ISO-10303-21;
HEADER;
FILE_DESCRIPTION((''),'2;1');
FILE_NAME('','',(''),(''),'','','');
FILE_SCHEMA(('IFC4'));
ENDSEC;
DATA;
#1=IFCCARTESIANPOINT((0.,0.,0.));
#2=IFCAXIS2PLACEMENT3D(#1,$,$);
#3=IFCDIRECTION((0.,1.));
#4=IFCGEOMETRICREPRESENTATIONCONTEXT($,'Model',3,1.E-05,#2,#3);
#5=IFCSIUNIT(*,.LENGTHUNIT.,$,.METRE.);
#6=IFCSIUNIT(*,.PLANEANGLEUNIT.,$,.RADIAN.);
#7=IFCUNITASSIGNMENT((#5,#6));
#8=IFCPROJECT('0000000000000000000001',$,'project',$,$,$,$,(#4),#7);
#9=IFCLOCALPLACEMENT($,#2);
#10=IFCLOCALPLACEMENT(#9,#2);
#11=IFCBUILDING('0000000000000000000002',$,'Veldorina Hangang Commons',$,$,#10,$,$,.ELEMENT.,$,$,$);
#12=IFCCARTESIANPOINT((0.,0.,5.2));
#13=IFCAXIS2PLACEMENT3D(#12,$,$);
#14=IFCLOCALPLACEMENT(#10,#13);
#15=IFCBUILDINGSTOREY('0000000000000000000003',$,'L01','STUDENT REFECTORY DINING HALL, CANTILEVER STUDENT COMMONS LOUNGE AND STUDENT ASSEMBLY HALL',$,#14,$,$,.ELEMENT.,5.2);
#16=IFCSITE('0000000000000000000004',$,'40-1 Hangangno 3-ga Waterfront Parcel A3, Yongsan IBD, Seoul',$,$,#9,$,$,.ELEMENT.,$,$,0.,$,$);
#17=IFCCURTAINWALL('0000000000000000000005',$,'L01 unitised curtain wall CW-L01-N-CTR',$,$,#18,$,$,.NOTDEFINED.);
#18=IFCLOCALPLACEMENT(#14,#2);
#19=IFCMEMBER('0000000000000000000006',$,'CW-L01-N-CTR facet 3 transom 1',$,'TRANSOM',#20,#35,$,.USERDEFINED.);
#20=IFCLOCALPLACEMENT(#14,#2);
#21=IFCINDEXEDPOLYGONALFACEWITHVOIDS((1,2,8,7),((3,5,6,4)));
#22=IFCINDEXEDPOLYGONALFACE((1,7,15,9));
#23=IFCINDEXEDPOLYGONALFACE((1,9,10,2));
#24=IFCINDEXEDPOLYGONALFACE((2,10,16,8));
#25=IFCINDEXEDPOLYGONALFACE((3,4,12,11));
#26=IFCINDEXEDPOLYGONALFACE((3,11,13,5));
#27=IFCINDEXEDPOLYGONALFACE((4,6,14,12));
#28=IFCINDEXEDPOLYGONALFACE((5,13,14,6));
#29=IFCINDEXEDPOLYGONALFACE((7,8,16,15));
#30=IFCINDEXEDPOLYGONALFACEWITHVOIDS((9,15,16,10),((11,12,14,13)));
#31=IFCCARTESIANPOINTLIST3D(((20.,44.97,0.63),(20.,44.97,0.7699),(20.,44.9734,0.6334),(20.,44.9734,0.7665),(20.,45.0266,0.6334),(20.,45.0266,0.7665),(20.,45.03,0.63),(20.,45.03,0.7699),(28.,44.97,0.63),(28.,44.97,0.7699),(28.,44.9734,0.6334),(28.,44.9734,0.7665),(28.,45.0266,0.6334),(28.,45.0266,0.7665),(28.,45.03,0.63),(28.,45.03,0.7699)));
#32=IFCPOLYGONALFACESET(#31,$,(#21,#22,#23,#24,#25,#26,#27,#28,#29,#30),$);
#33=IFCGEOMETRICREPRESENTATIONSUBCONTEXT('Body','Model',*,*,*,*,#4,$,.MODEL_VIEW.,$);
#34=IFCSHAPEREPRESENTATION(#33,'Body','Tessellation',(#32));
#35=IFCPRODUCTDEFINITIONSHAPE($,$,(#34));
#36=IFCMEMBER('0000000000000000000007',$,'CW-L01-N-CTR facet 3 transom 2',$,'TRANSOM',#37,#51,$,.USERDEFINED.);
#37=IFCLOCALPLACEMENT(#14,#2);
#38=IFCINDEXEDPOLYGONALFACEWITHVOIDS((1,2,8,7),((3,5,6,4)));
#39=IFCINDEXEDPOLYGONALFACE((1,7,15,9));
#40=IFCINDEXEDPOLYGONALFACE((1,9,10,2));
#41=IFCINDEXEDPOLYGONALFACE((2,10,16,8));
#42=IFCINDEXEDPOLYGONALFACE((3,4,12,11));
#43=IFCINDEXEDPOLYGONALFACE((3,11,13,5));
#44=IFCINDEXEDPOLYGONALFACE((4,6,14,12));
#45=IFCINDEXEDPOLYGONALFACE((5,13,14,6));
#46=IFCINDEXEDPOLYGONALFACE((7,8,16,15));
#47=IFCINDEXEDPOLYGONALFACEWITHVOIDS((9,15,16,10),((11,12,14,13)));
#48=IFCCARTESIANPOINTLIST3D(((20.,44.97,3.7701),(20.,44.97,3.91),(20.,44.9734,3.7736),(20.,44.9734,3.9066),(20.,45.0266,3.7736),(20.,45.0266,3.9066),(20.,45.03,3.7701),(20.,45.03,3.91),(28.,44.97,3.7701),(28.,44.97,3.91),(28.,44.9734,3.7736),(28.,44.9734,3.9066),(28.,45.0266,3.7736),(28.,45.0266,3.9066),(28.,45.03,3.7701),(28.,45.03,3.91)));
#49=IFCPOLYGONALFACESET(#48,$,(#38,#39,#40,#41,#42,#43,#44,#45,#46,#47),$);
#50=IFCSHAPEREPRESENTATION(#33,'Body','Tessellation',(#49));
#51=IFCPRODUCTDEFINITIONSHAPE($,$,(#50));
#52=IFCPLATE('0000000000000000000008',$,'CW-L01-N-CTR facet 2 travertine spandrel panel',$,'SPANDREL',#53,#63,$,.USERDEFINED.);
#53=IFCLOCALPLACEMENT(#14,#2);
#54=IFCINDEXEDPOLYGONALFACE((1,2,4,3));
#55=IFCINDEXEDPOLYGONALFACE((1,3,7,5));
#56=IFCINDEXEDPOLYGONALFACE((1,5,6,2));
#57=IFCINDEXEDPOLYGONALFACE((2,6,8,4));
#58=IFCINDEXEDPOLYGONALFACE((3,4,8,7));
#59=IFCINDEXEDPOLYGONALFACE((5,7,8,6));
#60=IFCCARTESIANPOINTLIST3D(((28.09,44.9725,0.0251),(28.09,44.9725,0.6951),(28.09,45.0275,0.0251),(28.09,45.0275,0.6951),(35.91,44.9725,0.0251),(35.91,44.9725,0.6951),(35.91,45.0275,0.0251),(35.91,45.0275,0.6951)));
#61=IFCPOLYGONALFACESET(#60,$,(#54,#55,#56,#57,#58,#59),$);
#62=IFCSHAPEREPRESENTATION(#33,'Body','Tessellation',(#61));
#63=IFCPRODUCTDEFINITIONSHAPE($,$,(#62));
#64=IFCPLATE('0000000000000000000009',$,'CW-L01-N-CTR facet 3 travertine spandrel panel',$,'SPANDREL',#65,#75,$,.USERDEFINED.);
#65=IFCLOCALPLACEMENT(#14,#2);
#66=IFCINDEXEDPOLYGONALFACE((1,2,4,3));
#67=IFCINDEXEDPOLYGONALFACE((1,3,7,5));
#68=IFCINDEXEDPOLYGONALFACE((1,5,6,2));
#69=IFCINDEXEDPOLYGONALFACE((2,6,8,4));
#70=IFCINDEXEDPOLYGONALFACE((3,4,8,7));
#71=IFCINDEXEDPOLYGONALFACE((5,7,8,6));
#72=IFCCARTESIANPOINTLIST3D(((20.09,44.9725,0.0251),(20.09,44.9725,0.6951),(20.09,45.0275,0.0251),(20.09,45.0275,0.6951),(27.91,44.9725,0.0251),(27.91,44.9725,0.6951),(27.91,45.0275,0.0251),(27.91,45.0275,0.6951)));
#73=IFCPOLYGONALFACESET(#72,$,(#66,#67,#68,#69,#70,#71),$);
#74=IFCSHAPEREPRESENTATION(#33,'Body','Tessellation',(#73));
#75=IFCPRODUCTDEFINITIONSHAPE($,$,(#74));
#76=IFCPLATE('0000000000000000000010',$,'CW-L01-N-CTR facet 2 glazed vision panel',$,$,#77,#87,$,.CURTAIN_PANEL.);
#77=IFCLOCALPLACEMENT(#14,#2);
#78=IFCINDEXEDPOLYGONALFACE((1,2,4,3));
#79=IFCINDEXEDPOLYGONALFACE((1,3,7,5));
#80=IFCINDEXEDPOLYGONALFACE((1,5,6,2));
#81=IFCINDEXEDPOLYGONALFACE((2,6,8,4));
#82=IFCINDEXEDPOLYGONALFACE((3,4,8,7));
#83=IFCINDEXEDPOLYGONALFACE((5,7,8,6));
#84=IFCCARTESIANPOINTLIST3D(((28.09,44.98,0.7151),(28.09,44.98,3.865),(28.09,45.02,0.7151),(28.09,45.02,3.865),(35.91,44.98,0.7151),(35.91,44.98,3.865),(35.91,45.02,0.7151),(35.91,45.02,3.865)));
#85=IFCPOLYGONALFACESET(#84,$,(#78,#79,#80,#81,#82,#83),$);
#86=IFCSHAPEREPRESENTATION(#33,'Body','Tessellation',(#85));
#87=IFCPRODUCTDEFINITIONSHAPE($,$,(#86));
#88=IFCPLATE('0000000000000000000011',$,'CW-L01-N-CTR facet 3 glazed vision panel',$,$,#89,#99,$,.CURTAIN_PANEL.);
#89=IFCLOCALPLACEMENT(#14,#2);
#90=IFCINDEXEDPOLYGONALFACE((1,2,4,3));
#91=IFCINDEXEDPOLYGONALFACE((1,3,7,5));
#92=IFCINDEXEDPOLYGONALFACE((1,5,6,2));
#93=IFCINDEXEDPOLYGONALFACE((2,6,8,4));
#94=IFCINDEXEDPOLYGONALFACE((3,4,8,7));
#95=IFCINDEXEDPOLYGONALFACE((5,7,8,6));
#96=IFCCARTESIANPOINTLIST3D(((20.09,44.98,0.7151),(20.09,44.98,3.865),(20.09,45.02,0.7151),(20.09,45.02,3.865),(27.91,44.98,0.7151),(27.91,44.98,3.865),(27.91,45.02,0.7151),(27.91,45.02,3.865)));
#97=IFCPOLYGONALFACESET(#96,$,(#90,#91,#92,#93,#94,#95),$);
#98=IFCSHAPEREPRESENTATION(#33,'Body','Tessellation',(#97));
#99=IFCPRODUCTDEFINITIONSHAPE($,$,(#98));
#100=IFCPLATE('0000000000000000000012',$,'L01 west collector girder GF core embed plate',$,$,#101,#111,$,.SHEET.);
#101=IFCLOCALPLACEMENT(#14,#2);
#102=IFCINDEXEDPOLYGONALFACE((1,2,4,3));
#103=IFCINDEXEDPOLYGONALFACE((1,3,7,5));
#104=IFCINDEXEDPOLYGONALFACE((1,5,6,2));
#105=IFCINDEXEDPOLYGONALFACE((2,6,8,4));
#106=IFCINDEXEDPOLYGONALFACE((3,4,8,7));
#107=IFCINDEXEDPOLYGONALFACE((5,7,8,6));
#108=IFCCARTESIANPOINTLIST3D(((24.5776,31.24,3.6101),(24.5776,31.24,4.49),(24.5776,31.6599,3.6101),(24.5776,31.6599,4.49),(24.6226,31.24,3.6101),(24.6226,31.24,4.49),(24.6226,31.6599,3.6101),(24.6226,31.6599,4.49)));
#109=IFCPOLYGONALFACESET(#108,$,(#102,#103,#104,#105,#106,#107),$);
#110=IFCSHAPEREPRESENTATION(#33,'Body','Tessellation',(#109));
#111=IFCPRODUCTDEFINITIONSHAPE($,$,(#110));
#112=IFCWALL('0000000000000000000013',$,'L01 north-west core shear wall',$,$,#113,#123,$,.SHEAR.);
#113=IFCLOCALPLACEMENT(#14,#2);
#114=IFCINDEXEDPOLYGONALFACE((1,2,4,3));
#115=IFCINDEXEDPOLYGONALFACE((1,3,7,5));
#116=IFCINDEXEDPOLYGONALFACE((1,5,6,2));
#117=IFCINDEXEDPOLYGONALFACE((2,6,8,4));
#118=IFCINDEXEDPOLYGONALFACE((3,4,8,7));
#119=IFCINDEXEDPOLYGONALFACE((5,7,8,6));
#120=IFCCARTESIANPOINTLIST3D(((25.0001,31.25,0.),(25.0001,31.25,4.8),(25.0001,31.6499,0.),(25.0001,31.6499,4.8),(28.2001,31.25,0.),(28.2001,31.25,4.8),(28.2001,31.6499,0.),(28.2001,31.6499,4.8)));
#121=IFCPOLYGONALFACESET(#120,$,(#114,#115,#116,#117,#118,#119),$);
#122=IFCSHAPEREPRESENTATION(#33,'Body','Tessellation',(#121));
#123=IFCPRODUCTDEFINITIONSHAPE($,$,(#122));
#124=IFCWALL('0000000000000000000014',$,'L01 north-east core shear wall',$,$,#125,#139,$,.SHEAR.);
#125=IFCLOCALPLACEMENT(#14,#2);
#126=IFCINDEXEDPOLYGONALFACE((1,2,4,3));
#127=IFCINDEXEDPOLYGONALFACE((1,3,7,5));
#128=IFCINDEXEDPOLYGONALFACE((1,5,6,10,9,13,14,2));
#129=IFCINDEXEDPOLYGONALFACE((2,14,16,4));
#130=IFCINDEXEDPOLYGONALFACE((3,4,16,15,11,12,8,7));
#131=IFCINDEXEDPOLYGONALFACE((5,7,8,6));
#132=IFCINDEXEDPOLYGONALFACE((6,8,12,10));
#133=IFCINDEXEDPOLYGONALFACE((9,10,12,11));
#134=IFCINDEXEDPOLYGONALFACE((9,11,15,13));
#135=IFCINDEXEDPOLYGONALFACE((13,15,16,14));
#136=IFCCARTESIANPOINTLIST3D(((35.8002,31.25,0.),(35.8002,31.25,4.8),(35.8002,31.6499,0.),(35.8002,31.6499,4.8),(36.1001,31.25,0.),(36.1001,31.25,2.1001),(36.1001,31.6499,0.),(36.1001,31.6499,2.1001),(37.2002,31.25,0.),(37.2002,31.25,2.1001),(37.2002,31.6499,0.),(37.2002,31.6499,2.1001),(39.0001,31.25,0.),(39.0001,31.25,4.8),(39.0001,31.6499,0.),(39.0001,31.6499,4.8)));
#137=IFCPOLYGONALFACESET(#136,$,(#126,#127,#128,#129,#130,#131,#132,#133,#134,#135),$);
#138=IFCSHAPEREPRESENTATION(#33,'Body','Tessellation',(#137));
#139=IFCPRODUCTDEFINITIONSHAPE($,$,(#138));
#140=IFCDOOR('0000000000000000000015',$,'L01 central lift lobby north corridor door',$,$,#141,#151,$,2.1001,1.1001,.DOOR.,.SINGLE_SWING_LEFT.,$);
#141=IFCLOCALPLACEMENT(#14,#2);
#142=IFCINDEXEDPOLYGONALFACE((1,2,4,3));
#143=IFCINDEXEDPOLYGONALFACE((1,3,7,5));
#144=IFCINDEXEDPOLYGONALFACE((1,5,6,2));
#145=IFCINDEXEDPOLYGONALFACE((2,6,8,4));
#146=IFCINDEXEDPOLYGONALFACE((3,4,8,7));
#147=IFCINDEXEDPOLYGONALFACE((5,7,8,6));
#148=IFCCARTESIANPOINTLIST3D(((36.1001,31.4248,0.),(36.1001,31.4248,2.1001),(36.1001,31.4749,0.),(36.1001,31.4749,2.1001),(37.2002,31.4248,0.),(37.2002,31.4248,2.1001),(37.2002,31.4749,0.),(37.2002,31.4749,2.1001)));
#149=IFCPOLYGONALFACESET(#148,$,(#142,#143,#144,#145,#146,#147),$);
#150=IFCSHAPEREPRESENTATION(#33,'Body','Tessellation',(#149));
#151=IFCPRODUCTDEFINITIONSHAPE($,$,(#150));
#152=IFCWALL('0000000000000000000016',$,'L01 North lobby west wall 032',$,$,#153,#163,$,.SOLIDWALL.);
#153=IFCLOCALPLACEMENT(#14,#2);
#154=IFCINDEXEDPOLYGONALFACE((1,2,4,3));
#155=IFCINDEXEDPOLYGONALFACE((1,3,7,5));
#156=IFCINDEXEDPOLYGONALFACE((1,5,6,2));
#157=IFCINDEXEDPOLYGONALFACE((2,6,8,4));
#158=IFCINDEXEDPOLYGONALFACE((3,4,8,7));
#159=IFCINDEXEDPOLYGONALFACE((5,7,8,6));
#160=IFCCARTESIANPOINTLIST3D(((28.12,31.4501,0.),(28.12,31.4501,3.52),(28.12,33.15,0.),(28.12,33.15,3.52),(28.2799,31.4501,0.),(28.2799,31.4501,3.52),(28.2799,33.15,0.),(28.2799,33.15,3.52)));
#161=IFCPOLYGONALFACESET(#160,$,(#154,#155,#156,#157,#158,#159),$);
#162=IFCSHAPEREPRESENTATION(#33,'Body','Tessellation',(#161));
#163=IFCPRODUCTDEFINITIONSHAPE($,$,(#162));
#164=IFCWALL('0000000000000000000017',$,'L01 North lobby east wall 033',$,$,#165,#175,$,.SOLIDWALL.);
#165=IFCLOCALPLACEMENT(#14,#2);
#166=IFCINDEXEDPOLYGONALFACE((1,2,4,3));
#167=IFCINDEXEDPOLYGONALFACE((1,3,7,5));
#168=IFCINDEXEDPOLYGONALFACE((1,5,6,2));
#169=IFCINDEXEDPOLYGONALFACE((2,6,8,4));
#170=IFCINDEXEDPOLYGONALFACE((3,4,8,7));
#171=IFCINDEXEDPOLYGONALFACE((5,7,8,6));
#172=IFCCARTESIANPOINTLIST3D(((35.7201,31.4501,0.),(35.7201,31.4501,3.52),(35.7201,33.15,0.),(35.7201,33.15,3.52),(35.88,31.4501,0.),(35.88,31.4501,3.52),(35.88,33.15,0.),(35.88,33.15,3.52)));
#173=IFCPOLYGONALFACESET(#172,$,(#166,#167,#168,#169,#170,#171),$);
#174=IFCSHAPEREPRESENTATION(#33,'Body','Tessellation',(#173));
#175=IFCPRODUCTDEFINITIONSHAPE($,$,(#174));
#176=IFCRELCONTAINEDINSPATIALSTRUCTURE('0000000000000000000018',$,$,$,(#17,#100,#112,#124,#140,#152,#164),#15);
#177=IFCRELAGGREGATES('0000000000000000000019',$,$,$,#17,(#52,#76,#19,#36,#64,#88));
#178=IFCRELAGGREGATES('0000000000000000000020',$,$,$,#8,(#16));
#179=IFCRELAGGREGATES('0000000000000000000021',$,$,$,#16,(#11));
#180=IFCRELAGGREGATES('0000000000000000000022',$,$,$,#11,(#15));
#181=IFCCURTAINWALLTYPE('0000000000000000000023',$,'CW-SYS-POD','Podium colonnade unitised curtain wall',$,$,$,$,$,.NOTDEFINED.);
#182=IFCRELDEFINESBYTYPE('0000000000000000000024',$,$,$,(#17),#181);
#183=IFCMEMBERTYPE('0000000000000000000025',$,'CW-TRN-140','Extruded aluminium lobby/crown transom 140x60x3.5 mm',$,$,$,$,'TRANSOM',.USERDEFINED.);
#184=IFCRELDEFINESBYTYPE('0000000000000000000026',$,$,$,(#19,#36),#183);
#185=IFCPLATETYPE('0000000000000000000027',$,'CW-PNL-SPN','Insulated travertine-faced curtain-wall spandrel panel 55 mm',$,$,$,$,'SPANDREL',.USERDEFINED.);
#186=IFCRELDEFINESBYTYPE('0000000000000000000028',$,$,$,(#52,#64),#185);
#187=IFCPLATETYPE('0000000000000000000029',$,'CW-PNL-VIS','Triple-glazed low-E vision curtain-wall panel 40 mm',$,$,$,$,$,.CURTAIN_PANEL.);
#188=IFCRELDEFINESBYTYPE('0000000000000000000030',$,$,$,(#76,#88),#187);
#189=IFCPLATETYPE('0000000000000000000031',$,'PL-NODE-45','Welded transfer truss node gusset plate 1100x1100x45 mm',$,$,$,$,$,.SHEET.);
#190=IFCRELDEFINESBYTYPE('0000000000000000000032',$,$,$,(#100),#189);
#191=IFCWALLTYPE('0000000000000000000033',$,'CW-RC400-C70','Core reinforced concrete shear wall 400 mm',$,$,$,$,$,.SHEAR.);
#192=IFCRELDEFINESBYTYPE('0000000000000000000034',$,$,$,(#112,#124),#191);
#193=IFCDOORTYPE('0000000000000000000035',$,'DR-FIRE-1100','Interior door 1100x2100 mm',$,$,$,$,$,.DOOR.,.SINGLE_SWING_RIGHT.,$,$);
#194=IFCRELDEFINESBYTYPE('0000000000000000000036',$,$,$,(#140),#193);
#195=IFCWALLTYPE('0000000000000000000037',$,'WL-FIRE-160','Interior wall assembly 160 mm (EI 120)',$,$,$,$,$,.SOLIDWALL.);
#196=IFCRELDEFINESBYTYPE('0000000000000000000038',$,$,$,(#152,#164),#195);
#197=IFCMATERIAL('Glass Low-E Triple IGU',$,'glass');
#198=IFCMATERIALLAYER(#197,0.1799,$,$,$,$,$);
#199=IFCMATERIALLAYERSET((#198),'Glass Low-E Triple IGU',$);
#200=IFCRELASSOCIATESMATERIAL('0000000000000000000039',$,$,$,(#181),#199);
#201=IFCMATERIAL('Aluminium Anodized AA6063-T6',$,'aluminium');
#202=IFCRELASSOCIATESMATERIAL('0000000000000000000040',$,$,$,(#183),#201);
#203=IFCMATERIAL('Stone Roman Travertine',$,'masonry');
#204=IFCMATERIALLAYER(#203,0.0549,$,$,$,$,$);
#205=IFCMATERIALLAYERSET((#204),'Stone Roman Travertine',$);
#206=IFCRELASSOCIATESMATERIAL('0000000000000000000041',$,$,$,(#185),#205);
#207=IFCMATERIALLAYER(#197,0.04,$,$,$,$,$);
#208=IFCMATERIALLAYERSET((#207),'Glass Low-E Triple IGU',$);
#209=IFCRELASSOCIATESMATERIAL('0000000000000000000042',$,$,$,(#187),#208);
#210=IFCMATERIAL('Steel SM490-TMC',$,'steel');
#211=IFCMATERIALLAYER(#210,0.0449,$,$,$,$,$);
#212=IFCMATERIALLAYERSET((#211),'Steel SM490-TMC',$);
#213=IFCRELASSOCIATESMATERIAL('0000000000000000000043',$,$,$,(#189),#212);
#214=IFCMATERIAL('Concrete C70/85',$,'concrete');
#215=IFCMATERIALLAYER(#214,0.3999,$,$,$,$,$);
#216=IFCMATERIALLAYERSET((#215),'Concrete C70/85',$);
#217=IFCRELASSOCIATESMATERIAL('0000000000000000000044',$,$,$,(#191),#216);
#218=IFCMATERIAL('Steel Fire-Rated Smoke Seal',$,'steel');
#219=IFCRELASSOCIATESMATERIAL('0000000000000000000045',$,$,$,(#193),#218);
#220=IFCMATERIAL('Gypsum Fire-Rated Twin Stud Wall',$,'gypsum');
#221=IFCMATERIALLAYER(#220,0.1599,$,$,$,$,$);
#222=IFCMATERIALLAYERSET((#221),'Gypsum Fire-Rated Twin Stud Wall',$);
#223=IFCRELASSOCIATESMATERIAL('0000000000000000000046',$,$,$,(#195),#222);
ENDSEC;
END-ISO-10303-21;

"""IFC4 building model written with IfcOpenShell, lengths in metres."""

from ifc_helpers import new_model, si_unit, direction, frame, frame_2d, origin, origin_2d, place, context, subcontext, project, spatial, rectangle, hollow_rectangle, extrude, material, layer, layer_set, material_profile, profile_set, type_object, element, fill, aggregate, save


model = new_model("IFC4")

# Units and contexts
model_context = context("Model", 3, precision=1e-05, world=origin(), true_north=direction((0.0, 1.0)))
body_context = subcontext(model_context, "Body", "Model", "MODEL_VIEW")
ifc_project = project(units=[si_unit("LENGTHUNIT", "METRE"), si_unit("PLANEANGLEUNIT", "RADIAN")], contexts=[model_context])

# Site, building, storey
site_placement = place(None, origin())
site = spatial("IfcSite", under=ifc_project, at=site_placement, Name="40-1 Hangangno 3-ga Waterfront Parcel A3, Yongsan IBD, Seoul", CompositionType="ELEMENT", RefElevation=0.0)
building_placement = place(site_placement, origin())
building = spatial("IfcBuilding", under=site, at=building_placement, Name="Veldorina Hangang Commons", CompositionType="ELEMENT")
storey_placement = place(building_placement, frame((0.0, 0.0, 5.2)))
storey = spatial("IfcBuildingStorey", under=building, at=storey_placement, Name="L01", Description="STUDENT REFECTORY DINING HALL, CANTILEVER STUDENT COMMONS LOUNGE AND STUDENT ASSEMBLY HALL", CompositionType="ELEMENT", Elevation=5.2)

# Shared definitions
ifc_material_1 = material(Name="Concrete C70/85", Category="concrete")

# Curtain wall, members, plates
ifc_material_2 = material(Name="Glass Low-E Triple IGU", Category="glass")
ifc_layer_1 = layer(ifc_material_2, 0.1799)
ifc_layer_set_1 = layer_set([ifc_layer_1], Name="Glass Low-E Triple IGU")
curtain_wall_type = type_object("IfcCurtainWallType", Name="CW-SYS-POD", Description="Podium colonnade unitised curtain wall", PredefinedType="NOTDEFINED", material=ifc_layer_set_1)
curtain_wall_placement = place(storey_placement, origin())
curtain_wall = element("IfcCurtainWall", 1, at=curtain_wall_placement, inside=storey, type_object=curtain_wall_type, Name="L01 unitised curtain wall CW-L01-N-CTR", PredefinedType="NOTDEFINED")
ifc_material_3 = material(Name="Aluminium Anodized AA6063-T6", Category="aluminium")
ifc_material_profile_1 = material_profile(ifc_material_3, hollow_rectangle(XDim=0.0601, YDim=0.1399, WallThickness=0.0034, at=origin_2d()), Name="ALU-RHS-140x60x3.5")
ifc_profile_set_1 = profile_set([ifc_material_profile_1], Name="Aluminium Anodized AA6063-T6")
member_type_1 = type_object("IfcMemberType", Name="CW-TRN-140", Description="Extruded aluminium lobby/crown transom 140x60x3.5 mm", ElementType="TRANSOM", PredefinedType="USERDEFINED", material=ifc_profile_set_1)
member_1_placement = place(storey_placement, frame((28.0, 45.0, 0.7), z_axis=(-1.0, 0.0, 0.0), x_axis=(0.0, -1.0, 0.0)))
member_1 = element("IfcMember", 2, at=member_1_placement, type_object=member_type_1, Name="CW-L01-N-CTR facet 3 transom 1", ObjectType="TRANSOM", PredefinedType="USERDEFINED", context=body_context, shape_type="SweptSolid", body=[
    extrude(hollow_rectangle(XDim=0.0601, YDim=0.1399, WallThickness=0.0034, at=origin_2d()), origin(), (0.0, 0.0, 1.0), 8.0),
])
member_2_placement = place(storey_placement, frame((28.0, 45.0, 3.8401), z_axis=(-1.0, 0.0, 0.0), x_axis=(0.0, -1.0, 0.0)))
member_2 = element("IfcMember", 3, at=member_2_placement, type_object=member_type_1, Name="CW-L01-N-CTR facet 3 transom 2", ObjectType="TRANSOM", PredefinedType="USERDEFINED", context=body_context, shape_type="SweptSolid", body=[
    extrude(hollow_rectangle(XDim=0.0601, YDim=0.1399, WallThickness=0.0034, at=origin_2d()), origin(), (0.0, 0.0, 1.0), 8.0),
])
ifc_material_4 = material(Name="Stone Roman Travertine", Category="masonry")
ifc_layer_2 = layer(ifc_material_4, 0.0549)
ifc_layer_set_2 = layer_set([ifc_layer_2], Name="Stone Roman Travertine")
plate_type_1 = type_object("IfcPlateType", Name="CW-PNL-SPN", Description="Insulated travertine-faced curtain-wall spandrel panel 55 mm", ElementType="SPANDREL", PredefinedType="USERDEFINED", material=ifc_layer_set_2)
plate_1_placement = place(storey_placement, frame((32.0, 45.0, 0.0251), z_axis=(0.0, 0.0, 1.0), x_axis=(-1.0, 0.0, 0.0)))
plate_1 = element("IfcPlate", 4, at=plate_1_placement, type_object=plate_type_1, Name="CW-L01-N-CTR facet 2 travertine spandrel panel", ObjectType="SPANDREL", PredefinedType="USERDEFINED", context=body_context, shape_type="SweptSolid", body=[
    extrude(rectangle(XDim=7.8201, YDim=0.0549, at=origin_2d()), origin(), (0.0, 0.0, 1.0), 0.6699),
])
plate_2_placement = place(storey_placement, frame((24.0, 45.0, 0.0251), z_axis=(0.0, 0.0, 1.0), x_axis=(-1.0, 0.0, 0.0)))
plate_2 = element("IfcPlate", 5, at=plate_2_placement, type_object=plate_type_1, Name="CW-L01-N-CTR facet 3 travertine spandrel panel", ObjectType="SPANDREL", PredefinedType="USERDEFINED", context=body_context, shape_type="SweptSolid", body=[
    extrude(rectangle(XDim=7.8201, YDim=0.0549, at=origin_2d()), origin(), (0.0, 0.0, 1.0), 0.6699),
])
ifc_layer_3 = layer(ifc_material_2, 0.04)
ifc_layer_set_3 = layer_set([ifc_layer_3], Name="Glass Low-E Triple IGU")
plate_type_2 = type_object("IfcPlateType", Name="CW-PNL-VIS", Description="Triple-glazed low-E vision curtain-wall panel 40 mm", PredefinedType="CURTAIN_PANEL", material=ifc_layer_set_3)
plate_3_placement = place(storey_placement, frame((32.0, 45.0, 0.7151), z_axis=(0.0, 0.0, 1.0), x_axis=(-1.0, 0.0, 0.0)))
plate_3 = element("IfcPlate", 6, at=plate_3_placement, type_object=plate_type_2, Name="CW-L01-N-CTR facet 2 glazed vision panel", PredefinedType="CURTAIN_PANEL", context=body_context, shape_type="SweptSolid", body=[
    extrude(rectangle(XDim=7.8201, YDim=0.04, at=origin_2d()), origin(), (0.0, 0.0, 1.0), 3.1499),
])
plate_4_placement = place(storey_placement, frame((24.0, 45.0, 0.7151), z_axis=(0.0, 0.0, 1.0), x_axis=(-1.0, 0.0, 0.0)))
plate_4 = element("IfcPlate", 7, at=plate_4_placement, type_object=plate_type_2, Name="CW-L01-N-CTR facet 3 glazed vision panel", PredefinedType="CURTAIN_PANEL", context=body_context, shape_type="SweptSolid", body=[
    extrude(rectangle(XDim=7.8201, YDim=0.04, at=origin_2d()), origin(), (0.0, 0.0, 1.0), 3.1499),
])
aggregate(curtain_wall, [plate_1, plate_3, member_1, member_2, plate_2, plate_4])

# Plate
ifc_material_5 = material(Name="Steel SM490-TMC", Category="steel")
ifc_layer_4 = layer(ifc_material_5, 0.0449)
ifc_layer_set_4 = layer_set([ifc_layer_4], Name="Steel SM490-TMC")
plate_type_3 = type_object("IfcPlateType", Name="PL-NODE-45", Description="Welded transfer truss node gusset plate 1100x1100x45 mm", PredefinedType="SHEET", material=ifc_layer_set_4)
plate_5_placement = place(storey_placement, frame((24.6001, 31.45, 3.6101), z_axis=(0.0, 0.0, 1.0), x_axis=(1.0, 0.0, 0.0)))
element("IfcPlate", 8, at=plate_5_placement, inside=storey, type_object=plate_type_3, Name="L01 west collector girder GF core embed plate", PredefinedType="SHEET", context=body_context, shape_type="SweptSolid", body=[
    extrude(rectangle(XDim=0.0449, YDim=0.4199, at=origin_2d()), origin(), (0.0, 0.0, 1.0), 0.8799),
])

# Wall
ifc_layer_5 = layer(ifc_material_1, 0.3999)
ifc_layer_set_5 = layer_set([ifc_layer_5], Name="Concrete C70/85")
wall_type_1 = type_object("IfcWallType", Name="CW-RC400-C70", Description="Core reinforced concrete shear wall 400 mm", PredefinedType="SHEAR", material=ifc_layer_set_5)
wall_1_placement = place(storey_placement, frame((25.0, 31.45, 0.0), z_axis=(0.0, 0.0, 1.0), x_axis=(1.0, 0.0, 0.0)))
element("IfcWall", 9, at=wall_1_placement, inside=storey, type_object=wall_type_1, Name="L01 north-west core shear wall", PredefinedType="SHEAR", context=body_context, shape_type="SweptSolid", body=[
    extrude(rectangle(XDim=3.2, YDim=0.3999, at=frame_2d((1.6001, 0.0))), origin(), (0.0, 0.0, 1.0), 4.8),
])

# Wall, opening, door
wall_2_placement = place(storey_placement, frame((35.8, 31.45, 0.0), z_axis=(0.0, 0.0, 1.0), x_axis=(1.0, 0.0, 0.0)))
wall_2 = element("IfcWall", 10, at=wall_2_placement, inside=storey, type_object=wall_type_1, Name="L01 north-east core shear wall", PredefinedType="SHEAR", context=body_context, shape_type="SweptSolid", body=[
    extrude(rectangle(XDim=3.2, YDim=0.3999, at=frame_2d((1.6001, 0.0))), origin(), (0.0, 0.0, 1.0), 4.8),
])
opening_1_placement = place(wall_2_placement, frame((0.3, 0.0, 0.0)))
opening_1 = element("IfcOpeningElement", 11, at=opening_1_placement, cuts=wall_2, PredefinedType="OPENING", context=body_context, shape_type="SweptSolid", body=[
    extrude(rectangle(XDim=1.1001, YDim=2.1001, at=frame_2d((0.55, 1.05))), frame((0.0, 0.21, 0.0), z_axis=(0.0, -1.0, 0.0), x_axis=(1.0, 0.0, 0.0)), (0.0, 0.0, 1.0), 0.4199),
])
ifc_material_6 = material(Name="Steel Fire-Rated Smoke Seal", Category="steel")
door_type_1 = type_object("IfcDoorType", Name="DR-FIRE-1100", Description="Interior door 1100x2100 mm", OperationType="SINGLE_SWING_RIGHT", PredefinedType="DOOR", material=ifc_material_6)
door_1_placement = place(opening_1_placement, origin())
door_1 = element("IfcDoor", 12, at=door_1_placement, inside=storey, type_object=door_type_1, Name="L01 central lift lobby north corridor door", OperationType="SINGLE_SWING_LEFT", OverallHeight=2.1001, OverallWidth=1.1001, PredefinedType="DOOR", context=body_context, shape_type="SweptSolid", body=[
    extrude(rectangle(XDim=1.1001, YDim=2.1001, at=frame_2d((0.55, 1.05))), frame((0.0, 0.0249, 0.0), z_axis=(0.0, -1.0, 0.0), x_axis=(1.0, 0.0, 0.0)), (0.0, 0.0, 1.0), 0.05),
])
fill(opening_1, door_1)

# Shared definitions
ifc_material_7 = material(Name="Gypsum Fire-Rated Twin Stud Wall", Category="gypsum")
ifc_layer_6 = layer(ifc_material_7, 0.1599)
ifc_layer_set_6 = layer_set([ifc_layer_6], Name="Gypsum Fire-Rated Twin Stud Wall")
wall_type_2 = type_object("IfcWallType", Name="WL-FIRE-160", Description="Interior wall assembly 160 mm (EI 120)", PredefinedType="SOLIDWALL", material=ifc_layer_set_6)

# Walls
for number, where, z_axis, x_axis, name in (
    (13, (28.2, 31.45, 0.0), (0.0, 0.0, 1.0), (0.0, 1.0, 0.0), "L01 North lobby west wall 032"),
    (14, (35.8, 31.45, 0.0), (0.0, 0.0, 1.0), (0.0, 1.0, 0.0), "L01 North lobby east wall 033"),
):
    element("IfcWall", number, at=place(storey_placement, frame(where, z_axis=z_axis, x_axis=x_axis)), inside=storey, type_object=wall_type_2, Name=name, PredefinedType="SOLIDWALL", context=body_context, shape_type="SweptSolid", body=[
        extrude(rectangle(XDim=1.7, YDim=0.1599, at=frame_2d((0.8501, 0.0))), origin(), (0.0, 0.0, 1.0), 3.52),
    ])

save(model, "model.ifc")
